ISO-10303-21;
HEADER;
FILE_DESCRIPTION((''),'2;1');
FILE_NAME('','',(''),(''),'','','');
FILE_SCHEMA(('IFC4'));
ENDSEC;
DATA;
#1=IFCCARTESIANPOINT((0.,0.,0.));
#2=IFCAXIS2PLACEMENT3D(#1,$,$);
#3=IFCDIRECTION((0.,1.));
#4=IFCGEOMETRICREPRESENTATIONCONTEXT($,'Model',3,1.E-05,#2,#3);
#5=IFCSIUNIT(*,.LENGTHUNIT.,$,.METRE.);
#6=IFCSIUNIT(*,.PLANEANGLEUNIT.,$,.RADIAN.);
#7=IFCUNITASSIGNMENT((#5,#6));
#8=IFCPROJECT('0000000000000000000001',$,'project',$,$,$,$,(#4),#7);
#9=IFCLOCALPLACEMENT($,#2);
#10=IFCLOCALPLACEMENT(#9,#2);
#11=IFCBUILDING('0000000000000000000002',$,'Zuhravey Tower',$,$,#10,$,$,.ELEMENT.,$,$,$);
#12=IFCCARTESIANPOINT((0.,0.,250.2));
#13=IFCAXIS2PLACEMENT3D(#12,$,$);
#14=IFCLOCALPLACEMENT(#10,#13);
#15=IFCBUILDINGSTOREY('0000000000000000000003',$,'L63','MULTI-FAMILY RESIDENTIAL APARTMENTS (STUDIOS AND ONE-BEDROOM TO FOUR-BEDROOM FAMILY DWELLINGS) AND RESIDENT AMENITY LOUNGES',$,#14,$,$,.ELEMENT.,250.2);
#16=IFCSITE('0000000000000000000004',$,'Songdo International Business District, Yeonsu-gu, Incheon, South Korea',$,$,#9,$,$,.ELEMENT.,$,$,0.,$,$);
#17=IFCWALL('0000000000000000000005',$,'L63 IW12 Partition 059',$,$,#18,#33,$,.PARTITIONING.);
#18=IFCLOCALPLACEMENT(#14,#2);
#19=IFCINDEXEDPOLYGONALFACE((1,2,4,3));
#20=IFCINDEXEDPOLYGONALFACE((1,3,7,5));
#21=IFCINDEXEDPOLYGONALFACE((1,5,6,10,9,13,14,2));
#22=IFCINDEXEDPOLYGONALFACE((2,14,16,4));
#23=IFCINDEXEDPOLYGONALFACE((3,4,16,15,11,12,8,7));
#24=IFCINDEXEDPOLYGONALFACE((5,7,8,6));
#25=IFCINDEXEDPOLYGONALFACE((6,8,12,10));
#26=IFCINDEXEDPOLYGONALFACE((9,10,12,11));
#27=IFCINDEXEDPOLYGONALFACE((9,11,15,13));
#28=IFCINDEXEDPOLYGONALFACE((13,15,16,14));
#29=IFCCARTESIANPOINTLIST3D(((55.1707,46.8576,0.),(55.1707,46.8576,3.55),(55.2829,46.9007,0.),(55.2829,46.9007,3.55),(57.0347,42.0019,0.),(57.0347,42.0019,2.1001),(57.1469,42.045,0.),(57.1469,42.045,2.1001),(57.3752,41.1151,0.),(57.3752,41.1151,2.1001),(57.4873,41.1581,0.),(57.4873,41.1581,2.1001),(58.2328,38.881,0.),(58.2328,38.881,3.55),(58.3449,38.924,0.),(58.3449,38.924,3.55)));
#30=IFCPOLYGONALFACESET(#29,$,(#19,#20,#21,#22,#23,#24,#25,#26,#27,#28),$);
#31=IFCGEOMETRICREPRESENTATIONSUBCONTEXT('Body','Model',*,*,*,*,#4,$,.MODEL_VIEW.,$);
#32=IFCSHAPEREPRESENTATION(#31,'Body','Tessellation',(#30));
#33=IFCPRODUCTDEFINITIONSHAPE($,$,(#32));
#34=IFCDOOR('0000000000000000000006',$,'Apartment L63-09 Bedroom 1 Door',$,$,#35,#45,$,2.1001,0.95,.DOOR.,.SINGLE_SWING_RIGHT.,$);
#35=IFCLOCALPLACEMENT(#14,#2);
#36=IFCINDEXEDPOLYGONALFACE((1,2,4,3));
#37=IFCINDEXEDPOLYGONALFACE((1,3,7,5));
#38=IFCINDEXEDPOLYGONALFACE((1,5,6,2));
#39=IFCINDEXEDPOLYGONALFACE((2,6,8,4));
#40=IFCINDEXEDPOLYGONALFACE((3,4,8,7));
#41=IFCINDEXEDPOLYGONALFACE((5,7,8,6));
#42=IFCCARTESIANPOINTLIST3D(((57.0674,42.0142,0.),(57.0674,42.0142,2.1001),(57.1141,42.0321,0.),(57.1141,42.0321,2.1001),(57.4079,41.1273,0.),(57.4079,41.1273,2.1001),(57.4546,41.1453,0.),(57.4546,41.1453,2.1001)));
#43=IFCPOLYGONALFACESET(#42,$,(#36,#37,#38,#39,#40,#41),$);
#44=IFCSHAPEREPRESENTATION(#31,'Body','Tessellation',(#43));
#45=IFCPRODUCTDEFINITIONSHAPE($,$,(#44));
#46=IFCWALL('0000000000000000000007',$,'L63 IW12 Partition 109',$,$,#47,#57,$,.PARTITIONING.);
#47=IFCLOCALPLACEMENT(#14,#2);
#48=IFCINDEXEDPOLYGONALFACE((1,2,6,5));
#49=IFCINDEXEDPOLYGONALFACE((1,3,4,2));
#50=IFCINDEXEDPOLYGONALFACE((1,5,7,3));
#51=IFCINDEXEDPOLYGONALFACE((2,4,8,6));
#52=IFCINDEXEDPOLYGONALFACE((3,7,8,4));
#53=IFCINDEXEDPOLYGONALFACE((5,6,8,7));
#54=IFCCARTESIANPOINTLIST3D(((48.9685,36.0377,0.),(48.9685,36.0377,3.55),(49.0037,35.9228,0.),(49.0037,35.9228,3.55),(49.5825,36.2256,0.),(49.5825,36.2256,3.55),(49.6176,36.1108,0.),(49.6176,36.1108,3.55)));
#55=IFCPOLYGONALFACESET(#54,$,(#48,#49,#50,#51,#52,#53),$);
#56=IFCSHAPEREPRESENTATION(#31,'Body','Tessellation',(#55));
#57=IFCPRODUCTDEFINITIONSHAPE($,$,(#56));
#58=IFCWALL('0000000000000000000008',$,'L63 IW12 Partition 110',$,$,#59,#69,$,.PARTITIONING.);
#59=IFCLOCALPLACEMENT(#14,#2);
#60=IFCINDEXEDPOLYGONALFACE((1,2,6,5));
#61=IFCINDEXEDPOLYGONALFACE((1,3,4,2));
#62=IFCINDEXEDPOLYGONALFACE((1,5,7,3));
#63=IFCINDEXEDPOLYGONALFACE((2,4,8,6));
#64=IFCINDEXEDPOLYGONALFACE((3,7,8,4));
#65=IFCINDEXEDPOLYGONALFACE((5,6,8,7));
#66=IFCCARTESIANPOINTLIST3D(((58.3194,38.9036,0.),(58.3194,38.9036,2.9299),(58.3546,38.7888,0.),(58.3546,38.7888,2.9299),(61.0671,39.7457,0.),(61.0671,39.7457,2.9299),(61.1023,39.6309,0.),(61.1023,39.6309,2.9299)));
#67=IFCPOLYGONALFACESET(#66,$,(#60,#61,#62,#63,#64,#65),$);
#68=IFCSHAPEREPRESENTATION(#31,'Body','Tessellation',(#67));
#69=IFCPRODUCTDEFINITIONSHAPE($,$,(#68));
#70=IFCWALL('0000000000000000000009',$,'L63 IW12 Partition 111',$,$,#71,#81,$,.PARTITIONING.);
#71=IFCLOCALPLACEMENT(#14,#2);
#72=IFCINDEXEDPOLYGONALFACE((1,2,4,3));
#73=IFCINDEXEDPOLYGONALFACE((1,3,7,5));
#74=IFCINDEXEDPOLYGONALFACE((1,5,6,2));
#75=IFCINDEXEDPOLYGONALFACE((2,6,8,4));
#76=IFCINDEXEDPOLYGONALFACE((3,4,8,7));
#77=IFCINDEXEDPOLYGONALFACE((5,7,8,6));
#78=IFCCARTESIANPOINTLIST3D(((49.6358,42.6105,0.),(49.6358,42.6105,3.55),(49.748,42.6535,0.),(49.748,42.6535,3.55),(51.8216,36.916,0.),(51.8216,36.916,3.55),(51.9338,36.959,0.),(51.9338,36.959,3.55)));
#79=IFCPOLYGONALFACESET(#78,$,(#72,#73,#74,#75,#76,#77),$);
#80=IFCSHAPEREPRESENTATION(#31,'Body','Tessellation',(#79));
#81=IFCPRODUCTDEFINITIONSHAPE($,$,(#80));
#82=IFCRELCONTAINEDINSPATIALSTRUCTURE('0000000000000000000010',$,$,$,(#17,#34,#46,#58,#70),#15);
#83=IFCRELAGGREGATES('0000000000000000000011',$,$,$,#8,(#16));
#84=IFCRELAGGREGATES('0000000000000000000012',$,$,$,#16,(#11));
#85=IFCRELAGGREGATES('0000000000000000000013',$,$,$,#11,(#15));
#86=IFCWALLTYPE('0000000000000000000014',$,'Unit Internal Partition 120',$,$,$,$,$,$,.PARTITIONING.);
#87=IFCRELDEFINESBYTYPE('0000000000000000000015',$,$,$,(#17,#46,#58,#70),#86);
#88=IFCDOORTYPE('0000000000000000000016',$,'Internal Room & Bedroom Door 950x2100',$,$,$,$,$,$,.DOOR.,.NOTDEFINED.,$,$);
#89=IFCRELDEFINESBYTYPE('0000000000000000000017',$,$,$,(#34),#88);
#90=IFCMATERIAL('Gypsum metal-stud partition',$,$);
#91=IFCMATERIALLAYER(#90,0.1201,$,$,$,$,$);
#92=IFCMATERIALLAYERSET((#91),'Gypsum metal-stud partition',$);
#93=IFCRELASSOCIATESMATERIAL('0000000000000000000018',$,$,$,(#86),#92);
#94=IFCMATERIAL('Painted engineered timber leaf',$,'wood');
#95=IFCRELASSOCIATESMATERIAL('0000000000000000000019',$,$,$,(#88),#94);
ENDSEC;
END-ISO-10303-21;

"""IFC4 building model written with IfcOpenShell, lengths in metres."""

from ifc_helpers import new_model, si_unit, direction, frame, frame_2d, origin, place, context, subcontext, project, spatial, rectangle, extrude, material, layer, layer_set, type_object, element, fill, save


model = new_model("IFC4")

# Units and contexts
model_context = context("Model", 3, precision=1e-05, world=origin(), true_north=direction((0.0, 1.0)))
body_context = subcontext(model_context, "Body", "Model", "MODEL_VIEW")
ifc_project = project(units=[si_unit("LENGTHUNIT", "METRE"), si_unit("PLANEANGLEUNIT", "RADIAN")], contexts=[model_context])

# Site, building, storey
site_placement = place(None, origin())
site = spatial("IfcSite", under=ifc_project, at=site_placement, Name="Songdo International Business District, Yeonsu-gu, Incheon, South Korea", CompositionType="ELEMENT", RefElevation=0.0)
building_placement = place(site_placement, origin())
building = spatial("IfcBuilding", under=site, at=building_placement, Name="Zuhravey Tower", CompositionType="ELEMENT")
storey_placement = place(building_placement, frame((0.0, 0.0, 250.2)))
storey = spatial("IfcBuildingStorey", under=building, at=storey_placement, Name="L63", Description="MULTI-FAMILY RESIDENTIAL APARTMENTS (STUDIOS AND ONE-BEDROOM TO FOUR-BEDROOM FAMILY DWELLINGS) AND RESIDENT AMENITY LOUNGES", CompositionType="ELEMENT", Elevation=250.2)

# Wall, opening, door
ifc_material_1 = material(Name="Gypsum metal-stud partition")
ifc_layer_1 = layer(ifc_material_1, 0.1201)
ifc_layer_set_1 = layer_set([ifc_layer_1], Name="Gypsum metal-stud partition")
wall_type_1 = type_object("IfcWallType", Name="Unit Internal Partition 120", PredefinedType="PARTITIONING", material=ifc_layer_set_1)
ifc_material_2 = material(Name="Painted engineered timber leaf", Category="wood")
door_type_1 = type_object("IfcDoorType", Name="Internal Room & Bedroom Door 950x2100", OperationType="NOTDEFINED", PredefinedType="DOOR", material=ifc_material_2)
wall_1_placement = place(storey_placement, frame((58.2888, 38.9026, 0.0), z_axis=(0.0, 0.0, 1.0), x_axis=(-0.358378, 0.933577, 0.0)))
wall_1 = element("IfcWall", 1, at=wall_1_placement, inside=storey, type_object=wall_type_1, Name="L63 IW12 Partition 059", PredefinedType="PARTITIONING", context=body_context, shape_type="SweptSolid", body=[
    extrude(rectangle(XDim=8.5442, YDim=0.1201, at=frame_2d((4.272, 0.0))), origin(), (0.0, 0.0, 1.0), 3.55),
])
opening_1_placement = place(wall_1_placement, frame((2.3928, 0.0, 0.0)))
opening_1 = element("IfcOpeningElement", 2, at=opening_1_placement, cuts=wall_1, PredefinedType="OPENING", context=body_context, shape_type="SweptSolid", body=[
    extrude(rectangle(XDim=0.95, YDim=2.1001, at=frame_2d((0.4751, 1.05))), frame((0.0, 0.072, 0.0), z_axis=(0.0, -1.0, 0.0), x_axis=(1.0, 0.0, 0.0)), (0.0, 0.0, 1.0), 0.144),
])
door_1_placement = place(opening_1_placement, frame((0.95, 0.0, 0.0), z_axis=(0.0, 0.0, 1.0), x_axis=(-1.0, 0.0, 0.0)))
door_1 = element("IfcDoor", 3, at=door_1_placement, inside=storey, type_object=door_type_1, Name="Apartment L63-09 Bedroom 1 Door", OperationType="SINGLE_SWING_RIGHT", OverallHeight=2.1001, OverallWidth=0.95, PredefinedType="DOOR", context=body_context, shape_type="SweptSolid", body=[
    extrude(rectangle(XDim=0.95, YDim=2.1001, at=frame_2d((0.4751, 1.05))), frame((0.0, 0.0249, 0.0), z_axis=(0.0, -1.0, 0.0), x_axis=(1.0, 0.0, 0.0)), (0.0, 0.0, 1.0), 0.05),
])
fill(opening_1, door_1)

# Walls
wall_2_placement = place(storey_placement, frame((48.9861, 35.9802, 0.0), z_axis=(0.0, 0.0, 1.0), x_axis=(0.956189, 0.29275, 0.0)))
element("IfcWall", 4, at=wall_2_placement, inside=storey, type_object=wall_type_1, Name="L63 IW12 Partition 109", PredefinedType="PARTITIONING", context=body_context, shape_type="SweptSolid", body=[
    extrude(rectangle(XDim=0.6421, YDim=0.1201, at=frame_2d((0.321, 0.0))), origin(), (0.0, 0.0, 1.0), 3.55),
])
wall_3_placement = place(storey_placement, frame((58.3369, 38.8462, 0.0), z_axis=(0.0, 0.0, 1.0), x_axis=(0.956107, 0.293017, 0.0)))
element("IfcWall", 5, at=wall_3_placement, inside=storey, type_object=wall_type_1, Name="L63 IW12 Partition 110", PredefinedType="PARTITIONING", context=body_context, shape_type="SweptSolid", body=[
    extrude(rectangle(XDim=2.8738, YDim=0.1201, at=frame_2d((1.437, 0.0))), origin(), (0.0, 0.0, 1.0), 2.9299),
])
wall_4_placement = place(storey_placement, frame((51.8777, 36.9375, 0.0), z_axis=(0.0, 0.0, 1.0), x_axis=(-0.358346, 0.933589, 0.0)))
element("IfcWall", 6, at=wall_4_placement, inside=storey, type_object=wall_type_1, Name="L63 IW12 Partition 111", PredefinedType="PARTITIONING", context=body_context, shape_type="SweptSolid", body=[
    extrude(rectangle(XDim=6.0996, YDim=0.1201, at=frame_2d((3.0498, 0.0))), origin(), (0.0, 0.0, 1.0), 3.55),
])

save(model, "model.ifc")
